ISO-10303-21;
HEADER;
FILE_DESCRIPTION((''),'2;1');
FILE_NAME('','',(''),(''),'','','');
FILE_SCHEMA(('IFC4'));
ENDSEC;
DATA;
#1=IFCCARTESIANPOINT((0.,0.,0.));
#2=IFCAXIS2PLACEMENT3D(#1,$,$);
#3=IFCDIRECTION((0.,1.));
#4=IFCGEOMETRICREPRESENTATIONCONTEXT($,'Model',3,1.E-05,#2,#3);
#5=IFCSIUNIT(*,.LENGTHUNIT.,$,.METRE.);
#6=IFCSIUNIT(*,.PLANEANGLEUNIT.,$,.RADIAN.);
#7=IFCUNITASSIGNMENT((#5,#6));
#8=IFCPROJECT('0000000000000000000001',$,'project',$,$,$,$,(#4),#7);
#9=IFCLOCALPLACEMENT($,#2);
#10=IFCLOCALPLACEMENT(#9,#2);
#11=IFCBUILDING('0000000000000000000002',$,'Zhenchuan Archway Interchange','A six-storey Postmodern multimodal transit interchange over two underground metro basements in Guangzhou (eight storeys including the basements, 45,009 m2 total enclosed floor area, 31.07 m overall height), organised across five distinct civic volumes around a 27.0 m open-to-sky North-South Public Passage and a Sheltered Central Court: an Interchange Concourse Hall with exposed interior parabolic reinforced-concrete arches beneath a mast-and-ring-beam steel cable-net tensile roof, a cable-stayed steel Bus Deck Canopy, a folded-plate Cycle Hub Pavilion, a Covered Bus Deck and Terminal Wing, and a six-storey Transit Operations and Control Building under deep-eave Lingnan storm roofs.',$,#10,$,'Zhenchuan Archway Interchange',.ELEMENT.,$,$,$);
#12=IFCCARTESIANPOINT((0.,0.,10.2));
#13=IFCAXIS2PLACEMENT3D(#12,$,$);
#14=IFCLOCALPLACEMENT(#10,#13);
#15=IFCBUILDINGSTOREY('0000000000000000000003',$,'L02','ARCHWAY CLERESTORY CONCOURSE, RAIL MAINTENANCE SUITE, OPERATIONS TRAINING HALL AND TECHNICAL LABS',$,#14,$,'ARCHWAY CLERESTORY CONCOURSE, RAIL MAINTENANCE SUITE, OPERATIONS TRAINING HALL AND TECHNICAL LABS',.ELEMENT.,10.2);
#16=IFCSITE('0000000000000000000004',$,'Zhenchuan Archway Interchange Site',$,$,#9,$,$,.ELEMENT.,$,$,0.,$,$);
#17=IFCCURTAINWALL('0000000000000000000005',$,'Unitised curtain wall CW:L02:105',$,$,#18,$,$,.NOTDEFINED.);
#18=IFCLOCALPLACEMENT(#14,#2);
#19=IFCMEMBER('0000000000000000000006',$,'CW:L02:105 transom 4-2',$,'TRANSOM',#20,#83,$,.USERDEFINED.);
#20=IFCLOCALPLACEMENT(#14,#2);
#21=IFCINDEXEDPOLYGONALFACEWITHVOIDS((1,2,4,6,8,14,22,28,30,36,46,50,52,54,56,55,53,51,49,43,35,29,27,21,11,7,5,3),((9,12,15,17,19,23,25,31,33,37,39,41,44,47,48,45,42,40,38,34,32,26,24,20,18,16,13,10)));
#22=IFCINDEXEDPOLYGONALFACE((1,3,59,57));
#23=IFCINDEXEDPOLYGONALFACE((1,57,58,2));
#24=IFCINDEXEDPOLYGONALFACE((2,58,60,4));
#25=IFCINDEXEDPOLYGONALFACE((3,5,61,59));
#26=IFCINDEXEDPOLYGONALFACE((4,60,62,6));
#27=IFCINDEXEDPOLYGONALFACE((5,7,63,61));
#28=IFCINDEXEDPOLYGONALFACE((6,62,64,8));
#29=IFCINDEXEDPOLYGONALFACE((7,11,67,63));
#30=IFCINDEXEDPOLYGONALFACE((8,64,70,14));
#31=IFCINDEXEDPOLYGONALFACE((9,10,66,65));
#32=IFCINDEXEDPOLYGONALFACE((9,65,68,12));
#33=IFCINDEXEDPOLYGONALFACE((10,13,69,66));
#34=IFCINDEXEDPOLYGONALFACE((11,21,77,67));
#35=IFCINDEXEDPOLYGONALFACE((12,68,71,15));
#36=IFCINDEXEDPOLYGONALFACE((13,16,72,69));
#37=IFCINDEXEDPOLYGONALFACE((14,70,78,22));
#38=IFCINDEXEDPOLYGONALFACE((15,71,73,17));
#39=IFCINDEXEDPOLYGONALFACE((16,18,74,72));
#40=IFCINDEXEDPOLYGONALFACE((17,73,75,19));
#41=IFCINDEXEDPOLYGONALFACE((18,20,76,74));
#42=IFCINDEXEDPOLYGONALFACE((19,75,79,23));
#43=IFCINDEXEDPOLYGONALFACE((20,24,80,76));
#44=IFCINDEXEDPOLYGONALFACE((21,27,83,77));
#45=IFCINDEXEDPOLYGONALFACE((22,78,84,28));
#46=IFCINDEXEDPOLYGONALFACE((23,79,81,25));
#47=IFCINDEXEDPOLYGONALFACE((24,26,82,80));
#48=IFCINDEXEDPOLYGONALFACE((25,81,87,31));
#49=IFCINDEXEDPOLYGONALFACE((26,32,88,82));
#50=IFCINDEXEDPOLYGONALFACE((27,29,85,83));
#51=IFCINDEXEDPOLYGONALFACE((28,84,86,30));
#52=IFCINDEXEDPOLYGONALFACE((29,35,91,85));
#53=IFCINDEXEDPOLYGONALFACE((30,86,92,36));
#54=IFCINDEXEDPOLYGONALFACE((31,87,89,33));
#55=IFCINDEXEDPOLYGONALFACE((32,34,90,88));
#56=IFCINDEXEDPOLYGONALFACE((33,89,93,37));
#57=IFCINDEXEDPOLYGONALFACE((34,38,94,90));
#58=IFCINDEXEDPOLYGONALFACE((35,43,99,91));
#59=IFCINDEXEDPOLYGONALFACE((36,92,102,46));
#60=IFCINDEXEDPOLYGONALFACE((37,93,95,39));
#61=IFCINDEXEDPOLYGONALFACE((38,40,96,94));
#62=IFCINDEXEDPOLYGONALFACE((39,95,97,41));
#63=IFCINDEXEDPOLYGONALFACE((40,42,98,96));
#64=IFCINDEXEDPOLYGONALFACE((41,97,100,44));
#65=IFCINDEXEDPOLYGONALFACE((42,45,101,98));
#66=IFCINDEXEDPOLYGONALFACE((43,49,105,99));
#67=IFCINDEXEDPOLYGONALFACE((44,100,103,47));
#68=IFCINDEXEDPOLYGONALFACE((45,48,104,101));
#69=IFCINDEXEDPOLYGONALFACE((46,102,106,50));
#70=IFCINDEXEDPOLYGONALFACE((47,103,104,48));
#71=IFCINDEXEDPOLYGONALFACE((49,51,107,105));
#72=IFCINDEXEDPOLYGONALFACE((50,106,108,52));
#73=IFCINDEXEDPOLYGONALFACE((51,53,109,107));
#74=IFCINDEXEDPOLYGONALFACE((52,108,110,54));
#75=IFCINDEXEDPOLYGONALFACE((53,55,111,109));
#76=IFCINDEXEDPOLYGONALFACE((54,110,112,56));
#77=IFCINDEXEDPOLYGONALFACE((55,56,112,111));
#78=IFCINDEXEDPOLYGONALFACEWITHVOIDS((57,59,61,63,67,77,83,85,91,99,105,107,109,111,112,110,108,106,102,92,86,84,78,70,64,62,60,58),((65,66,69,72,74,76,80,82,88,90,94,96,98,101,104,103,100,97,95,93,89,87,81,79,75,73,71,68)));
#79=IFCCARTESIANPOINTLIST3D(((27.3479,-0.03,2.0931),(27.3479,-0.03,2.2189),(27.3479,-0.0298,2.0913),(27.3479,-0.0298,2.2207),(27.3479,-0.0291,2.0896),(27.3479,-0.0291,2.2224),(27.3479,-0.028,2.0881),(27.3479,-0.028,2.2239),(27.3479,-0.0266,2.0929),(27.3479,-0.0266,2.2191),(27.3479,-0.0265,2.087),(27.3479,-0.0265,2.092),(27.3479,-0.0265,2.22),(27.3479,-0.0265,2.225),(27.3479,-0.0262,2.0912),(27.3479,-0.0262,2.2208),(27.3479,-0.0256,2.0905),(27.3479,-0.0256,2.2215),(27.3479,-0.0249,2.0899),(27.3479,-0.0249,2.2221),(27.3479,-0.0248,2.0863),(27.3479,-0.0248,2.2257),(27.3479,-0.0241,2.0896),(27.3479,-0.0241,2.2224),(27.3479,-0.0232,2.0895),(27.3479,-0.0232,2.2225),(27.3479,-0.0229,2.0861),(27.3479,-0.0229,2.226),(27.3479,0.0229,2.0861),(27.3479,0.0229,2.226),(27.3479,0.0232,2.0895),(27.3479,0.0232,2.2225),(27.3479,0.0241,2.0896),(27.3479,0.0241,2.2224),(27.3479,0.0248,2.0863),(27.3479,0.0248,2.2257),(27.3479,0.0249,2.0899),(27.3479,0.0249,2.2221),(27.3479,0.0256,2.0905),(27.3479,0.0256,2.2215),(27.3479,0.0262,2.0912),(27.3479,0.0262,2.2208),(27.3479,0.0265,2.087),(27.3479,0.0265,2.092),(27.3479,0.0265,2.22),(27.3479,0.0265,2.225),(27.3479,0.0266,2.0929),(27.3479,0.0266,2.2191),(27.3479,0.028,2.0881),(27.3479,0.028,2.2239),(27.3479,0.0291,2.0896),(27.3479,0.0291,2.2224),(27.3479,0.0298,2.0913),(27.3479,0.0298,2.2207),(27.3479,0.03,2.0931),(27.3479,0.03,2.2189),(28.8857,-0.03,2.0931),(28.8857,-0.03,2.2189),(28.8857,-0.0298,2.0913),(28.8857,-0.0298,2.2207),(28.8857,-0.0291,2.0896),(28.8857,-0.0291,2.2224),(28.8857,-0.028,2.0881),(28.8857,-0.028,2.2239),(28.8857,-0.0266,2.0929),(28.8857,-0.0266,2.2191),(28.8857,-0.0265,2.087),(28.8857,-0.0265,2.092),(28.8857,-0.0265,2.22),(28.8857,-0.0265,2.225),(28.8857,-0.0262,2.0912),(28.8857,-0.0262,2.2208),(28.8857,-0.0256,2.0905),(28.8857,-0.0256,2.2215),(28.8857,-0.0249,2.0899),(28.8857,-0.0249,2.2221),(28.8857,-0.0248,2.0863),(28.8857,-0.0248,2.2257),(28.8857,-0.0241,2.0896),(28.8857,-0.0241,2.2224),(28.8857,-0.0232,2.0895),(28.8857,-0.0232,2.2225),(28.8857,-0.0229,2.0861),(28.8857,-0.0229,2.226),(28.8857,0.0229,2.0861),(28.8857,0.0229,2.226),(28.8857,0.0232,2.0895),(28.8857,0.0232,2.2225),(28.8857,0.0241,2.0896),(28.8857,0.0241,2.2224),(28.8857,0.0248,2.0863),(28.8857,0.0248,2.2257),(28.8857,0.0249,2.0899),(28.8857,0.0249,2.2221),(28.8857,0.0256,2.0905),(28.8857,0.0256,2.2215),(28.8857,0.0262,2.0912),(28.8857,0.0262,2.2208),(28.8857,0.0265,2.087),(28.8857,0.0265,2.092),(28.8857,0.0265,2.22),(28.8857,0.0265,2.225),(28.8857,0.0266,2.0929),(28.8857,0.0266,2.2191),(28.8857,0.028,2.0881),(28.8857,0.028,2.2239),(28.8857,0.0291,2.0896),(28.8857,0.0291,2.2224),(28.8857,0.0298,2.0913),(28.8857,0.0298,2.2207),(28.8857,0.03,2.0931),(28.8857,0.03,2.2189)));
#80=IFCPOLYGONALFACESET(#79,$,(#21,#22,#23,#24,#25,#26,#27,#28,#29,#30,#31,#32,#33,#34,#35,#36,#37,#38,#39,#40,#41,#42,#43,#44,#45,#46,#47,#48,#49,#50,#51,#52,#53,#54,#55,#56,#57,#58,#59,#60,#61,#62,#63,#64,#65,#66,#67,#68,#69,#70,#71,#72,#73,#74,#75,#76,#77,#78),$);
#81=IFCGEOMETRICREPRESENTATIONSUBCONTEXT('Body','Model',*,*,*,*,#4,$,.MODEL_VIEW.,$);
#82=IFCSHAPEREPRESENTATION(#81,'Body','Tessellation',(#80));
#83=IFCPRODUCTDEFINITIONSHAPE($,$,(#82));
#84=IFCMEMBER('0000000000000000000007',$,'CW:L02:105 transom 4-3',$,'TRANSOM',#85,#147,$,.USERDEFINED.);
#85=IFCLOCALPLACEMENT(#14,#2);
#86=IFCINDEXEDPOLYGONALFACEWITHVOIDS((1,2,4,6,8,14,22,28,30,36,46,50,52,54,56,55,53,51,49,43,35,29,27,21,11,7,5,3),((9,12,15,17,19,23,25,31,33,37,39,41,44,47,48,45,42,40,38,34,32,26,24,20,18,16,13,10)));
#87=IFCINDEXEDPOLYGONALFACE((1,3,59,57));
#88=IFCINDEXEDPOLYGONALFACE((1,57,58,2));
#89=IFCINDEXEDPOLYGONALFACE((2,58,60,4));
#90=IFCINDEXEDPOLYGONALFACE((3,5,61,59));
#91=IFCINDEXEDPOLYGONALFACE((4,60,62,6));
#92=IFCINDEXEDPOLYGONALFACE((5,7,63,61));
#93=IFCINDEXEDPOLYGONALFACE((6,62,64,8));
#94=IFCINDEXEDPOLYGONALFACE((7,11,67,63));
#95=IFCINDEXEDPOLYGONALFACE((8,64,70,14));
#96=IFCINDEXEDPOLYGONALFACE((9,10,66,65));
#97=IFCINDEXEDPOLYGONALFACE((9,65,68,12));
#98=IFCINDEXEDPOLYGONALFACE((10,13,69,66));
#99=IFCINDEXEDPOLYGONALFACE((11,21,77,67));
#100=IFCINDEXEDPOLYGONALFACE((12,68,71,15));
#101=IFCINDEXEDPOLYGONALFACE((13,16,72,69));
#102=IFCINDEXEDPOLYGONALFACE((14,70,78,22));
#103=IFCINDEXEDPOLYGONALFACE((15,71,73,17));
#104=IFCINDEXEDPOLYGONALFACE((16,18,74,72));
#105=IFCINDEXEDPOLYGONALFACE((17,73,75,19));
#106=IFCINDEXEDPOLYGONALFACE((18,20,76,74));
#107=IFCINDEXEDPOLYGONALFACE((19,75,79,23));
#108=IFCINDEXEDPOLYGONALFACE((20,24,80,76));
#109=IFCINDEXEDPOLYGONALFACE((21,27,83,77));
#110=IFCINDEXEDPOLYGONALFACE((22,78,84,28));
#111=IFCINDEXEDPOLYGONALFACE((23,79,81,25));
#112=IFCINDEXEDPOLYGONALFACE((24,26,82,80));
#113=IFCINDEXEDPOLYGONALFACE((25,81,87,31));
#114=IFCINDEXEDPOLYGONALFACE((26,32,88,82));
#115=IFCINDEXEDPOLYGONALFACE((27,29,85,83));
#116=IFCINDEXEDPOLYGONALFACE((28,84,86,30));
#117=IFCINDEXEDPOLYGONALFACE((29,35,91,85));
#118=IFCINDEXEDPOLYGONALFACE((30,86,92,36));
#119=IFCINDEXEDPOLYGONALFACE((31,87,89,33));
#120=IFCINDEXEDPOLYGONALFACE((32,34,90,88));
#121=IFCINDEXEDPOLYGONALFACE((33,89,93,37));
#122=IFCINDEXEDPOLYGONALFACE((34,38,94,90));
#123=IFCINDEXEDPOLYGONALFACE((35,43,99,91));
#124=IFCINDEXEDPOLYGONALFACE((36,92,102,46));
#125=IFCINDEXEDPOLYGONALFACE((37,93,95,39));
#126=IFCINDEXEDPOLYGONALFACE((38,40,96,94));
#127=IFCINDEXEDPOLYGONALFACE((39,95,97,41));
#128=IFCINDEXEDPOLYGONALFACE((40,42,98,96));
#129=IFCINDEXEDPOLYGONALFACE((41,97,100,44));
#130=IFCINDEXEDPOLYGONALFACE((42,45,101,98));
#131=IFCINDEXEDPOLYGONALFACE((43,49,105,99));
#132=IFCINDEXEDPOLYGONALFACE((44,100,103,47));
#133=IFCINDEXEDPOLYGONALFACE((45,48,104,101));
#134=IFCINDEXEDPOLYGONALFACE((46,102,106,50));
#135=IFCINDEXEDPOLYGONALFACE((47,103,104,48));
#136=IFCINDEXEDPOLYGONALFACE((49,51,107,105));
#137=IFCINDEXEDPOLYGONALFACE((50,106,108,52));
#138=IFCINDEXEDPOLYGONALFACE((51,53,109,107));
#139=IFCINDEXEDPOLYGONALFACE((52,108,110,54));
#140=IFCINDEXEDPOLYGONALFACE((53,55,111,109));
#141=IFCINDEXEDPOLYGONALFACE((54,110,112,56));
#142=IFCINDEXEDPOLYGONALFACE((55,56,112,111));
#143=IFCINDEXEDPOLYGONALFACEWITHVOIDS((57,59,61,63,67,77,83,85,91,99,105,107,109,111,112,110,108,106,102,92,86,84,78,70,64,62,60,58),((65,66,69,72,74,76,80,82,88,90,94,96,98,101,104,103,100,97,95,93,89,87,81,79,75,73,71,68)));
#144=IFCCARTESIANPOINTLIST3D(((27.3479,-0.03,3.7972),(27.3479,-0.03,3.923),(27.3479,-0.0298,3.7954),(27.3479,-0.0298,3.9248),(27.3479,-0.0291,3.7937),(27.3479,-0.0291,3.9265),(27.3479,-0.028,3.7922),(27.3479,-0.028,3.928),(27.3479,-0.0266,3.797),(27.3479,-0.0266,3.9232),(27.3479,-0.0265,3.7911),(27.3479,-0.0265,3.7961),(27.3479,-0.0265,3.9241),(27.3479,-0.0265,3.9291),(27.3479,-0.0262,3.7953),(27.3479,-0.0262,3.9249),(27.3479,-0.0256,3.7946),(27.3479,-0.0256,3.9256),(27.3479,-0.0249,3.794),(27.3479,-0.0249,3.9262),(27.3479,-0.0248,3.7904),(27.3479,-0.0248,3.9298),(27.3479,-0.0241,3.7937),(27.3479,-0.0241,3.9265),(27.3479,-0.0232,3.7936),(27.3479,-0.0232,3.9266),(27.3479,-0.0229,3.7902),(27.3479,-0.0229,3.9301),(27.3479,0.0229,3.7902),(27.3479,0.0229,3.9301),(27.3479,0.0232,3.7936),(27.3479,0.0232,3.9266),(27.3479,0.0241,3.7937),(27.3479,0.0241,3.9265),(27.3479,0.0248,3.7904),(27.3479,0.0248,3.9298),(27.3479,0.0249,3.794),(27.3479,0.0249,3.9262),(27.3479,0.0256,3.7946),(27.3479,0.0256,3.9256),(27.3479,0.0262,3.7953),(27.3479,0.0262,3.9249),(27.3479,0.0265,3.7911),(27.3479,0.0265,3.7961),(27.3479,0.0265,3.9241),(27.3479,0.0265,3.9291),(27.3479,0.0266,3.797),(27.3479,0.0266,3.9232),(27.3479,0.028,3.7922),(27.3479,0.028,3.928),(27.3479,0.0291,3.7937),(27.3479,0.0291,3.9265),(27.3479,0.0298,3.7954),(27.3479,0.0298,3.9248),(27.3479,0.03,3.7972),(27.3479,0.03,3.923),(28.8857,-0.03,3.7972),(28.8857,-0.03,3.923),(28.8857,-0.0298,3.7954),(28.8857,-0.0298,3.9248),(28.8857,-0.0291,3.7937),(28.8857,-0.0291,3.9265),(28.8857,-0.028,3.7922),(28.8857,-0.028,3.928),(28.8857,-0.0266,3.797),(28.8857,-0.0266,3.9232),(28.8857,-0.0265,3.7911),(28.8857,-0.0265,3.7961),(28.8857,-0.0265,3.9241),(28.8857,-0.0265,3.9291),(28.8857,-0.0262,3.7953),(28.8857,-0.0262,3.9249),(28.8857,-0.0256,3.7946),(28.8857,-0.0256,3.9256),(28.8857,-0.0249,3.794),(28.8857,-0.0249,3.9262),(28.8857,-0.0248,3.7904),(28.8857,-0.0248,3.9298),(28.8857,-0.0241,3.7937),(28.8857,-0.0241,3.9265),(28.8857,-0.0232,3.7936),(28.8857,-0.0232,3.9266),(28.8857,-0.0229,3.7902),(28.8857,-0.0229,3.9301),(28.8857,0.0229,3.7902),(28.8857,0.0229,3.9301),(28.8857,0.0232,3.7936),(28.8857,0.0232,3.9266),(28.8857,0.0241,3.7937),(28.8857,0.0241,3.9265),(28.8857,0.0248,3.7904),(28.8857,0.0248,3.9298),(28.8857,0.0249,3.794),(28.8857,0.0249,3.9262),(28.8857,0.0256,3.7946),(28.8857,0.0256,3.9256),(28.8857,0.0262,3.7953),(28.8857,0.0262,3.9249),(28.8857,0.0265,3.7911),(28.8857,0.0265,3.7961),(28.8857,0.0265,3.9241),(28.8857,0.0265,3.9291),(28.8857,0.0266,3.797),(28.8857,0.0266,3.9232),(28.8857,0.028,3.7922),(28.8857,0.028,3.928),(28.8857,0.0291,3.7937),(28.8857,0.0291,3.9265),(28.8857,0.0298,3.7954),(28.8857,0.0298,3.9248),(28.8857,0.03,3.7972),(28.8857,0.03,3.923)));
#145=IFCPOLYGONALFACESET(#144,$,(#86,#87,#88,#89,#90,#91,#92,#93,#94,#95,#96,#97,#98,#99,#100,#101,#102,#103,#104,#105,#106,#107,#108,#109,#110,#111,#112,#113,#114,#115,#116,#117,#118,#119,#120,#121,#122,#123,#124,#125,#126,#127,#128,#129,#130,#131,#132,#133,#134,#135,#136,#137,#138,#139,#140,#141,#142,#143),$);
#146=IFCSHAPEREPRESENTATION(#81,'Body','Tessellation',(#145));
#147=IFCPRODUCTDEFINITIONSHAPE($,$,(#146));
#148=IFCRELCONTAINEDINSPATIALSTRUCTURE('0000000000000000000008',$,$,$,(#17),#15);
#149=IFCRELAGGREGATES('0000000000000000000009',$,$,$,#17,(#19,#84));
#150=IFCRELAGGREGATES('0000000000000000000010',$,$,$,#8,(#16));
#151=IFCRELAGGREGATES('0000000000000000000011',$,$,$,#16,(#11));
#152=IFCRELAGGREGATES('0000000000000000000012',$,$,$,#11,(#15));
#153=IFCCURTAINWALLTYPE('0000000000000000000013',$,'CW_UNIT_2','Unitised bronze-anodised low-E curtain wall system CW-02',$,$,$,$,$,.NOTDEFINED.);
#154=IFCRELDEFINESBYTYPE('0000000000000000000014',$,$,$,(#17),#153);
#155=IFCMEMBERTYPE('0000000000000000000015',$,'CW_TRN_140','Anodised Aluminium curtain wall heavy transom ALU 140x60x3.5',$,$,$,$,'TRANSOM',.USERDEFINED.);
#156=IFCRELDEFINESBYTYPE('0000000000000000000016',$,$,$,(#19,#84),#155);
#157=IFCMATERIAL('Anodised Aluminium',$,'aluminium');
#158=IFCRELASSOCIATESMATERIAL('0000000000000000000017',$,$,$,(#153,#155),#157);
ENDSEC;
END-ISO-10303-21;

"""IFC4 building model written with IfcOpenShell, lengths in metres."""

from ifc_helpers import new_model, si_unit, direction, frame, origin, origin_2d, place, context, subcontext, project, spatial, hollow_rectangle, extrude, material, material_profile, profile_set, type_object, element, aggregate, save


model = new_model("IFC4")

# Units and contexts
model_context = context("Model", 3, precision=1e-05, world=origin(), true_north=direction((0.0, 1.0)))
body_context = subcontext(model_context, "Body", "Model", "MODEL_VIEW")
ifc_project = project(units=[si_unit("LENGTHUNIT", "METRE"), si_unit("PLANEANGLEUNIT", "RADIAN")], contexts=[model_context])

# Site, building, storey
site_placement = place(None, origin())
site = spatial("IfcSite", under=ifc_project, at=site_placement, Name="Zhenchuan Archway Interchange Site", CompositionType="ELEMENT", RefElevation=0.0)
building_placement = place(site_placement, origin())
building = spatial("IfcBuilding", under=site, at=building_placement, Name="Zhenchuan Archway Interchange", Description="A six-storey Postmodern multimodal transit interchange over two underground metro basements in Guangzhou (eight storeys including the basements, 45,009 m2 total enclosed floor area, 31.07 m overall height), organised across five distinct civic volumes around a 27.0 m open-to-sky North-South Public Passage and a Sheltered Central Court: an Interchange Concourse Hall with exposed interior parabolic reinforced-concrete arches beneath a mast-and-ring-beam steel cable-net tensile roof, a cable-stayed steel Bus Deck Canopy, a folded-plate Cycle Hub Pavilion, a Covered Bus Deck and Terminal Wing, and a six-storey Transit Operations and Control Building under deep-eave Lingnan storm roofs.", LongName="Zhenchuan Archway Interchange", CompositionType="ELEMENT")
storey_placement = place(building_placement, frame((0.0, 0.0, 10.2)))
storey = spatial("IfcBuildingStorey", under=building, at=storey_placement, Name="L02", Description="ARCHWAY CLERESTORY CONCOURSE, RAIL MAINTENANCE SUITE, OPERATIONS TRAINING HALL AND TECHNICAL LABS", LongName="ARCHWAY CLERESTORY CONCOURSE, RAIL MAINTENANCE SUITE, OPERATIONS TRAINING HALL AND TECHNICAL LABS", CompositionType="ELEMENT", Elevation=10.2)

# Curtain wall
ifc_material_1 = material(Name="Anodised Aluminium", Category="aluminium")
curtain_wall_type_1 = type_object("IfcCurtainWallType", Name="CW_UNIT_2", Description="Unitised bronze-anodised low-E curtain wall system CW-02", PredefinedType="NOTDEFINED", material=ifc_material_1)
curtain_wall_1_placement = place(storey_placement, origin())
curtain_wall_1 = element("IfcCurtainWall", 1, at=curtain_wall_1_placement, inside=storey, type_object=curtain_wall_type_1, Name="Unitised curtain wall CW:L02:105", PredefinedType="NOTDEFINED")

# Members
ifc_material_profile_1 = material_profile(ifc_material_1, hollow_rectangle(XDim=0.0601, YDim=0.1399, WallThickness=0.0034, InnerFilletRadius=0.0034, OuterFilletRadius=0.0071, at=origin_2d()), Name="ALU 140x60x3.5")
ifc_profile_set_1 = profile_set([ifc_material_profile_1], Name="Anodised Aluminium")
member_type_1 = type_object("IfcMemberType", Name="CW_TRN_140", Description="Anodised Aluminium curtain wall heavy transom ALU 140x60x3.5", ElementType="TRANSOM", PredefinedType="USERDEFINED", material=ifc_profile_set_1)
member_1_placement = place(storey_placement, frame((28.8857, 0.0, 2.156), z_axis=(-1.0, 0.0, 0.0), x_axis=(0.0, -1.0, 0.0)))
member_1 = element("IfcMember", 2, at=member_1_placement, type_object=member_type_1, Name="CW:L02:105 transom 4-2", ObjectType="TRANSOM", PredefinedType="USERDEFINED", context=body_context, shape_type="SweptSolid", body=[
    extrude(hollow_rectangle(XDim=0.0601, YDim=0.1399, WallThickness=0.0034, InnerFilletRadius=0.0034, OuterFilletRadius=0.0071, at=origin_2d()), origin(), (0.0, 0.0, 1.0), 1.5378),
])
member_2_placement = place(storey_placement, frame((28.8857, 0.0, 3.8601), z_axis=(-1.0, 0.0, 0.0), x_axis=(0.0, -1.0, 0.0)))
member_2 = element("IfcMember", 3, at=member_2_placement, type_object=member_type_1, Name="CW:L02:105 transom 4-3", ObjectType="TRANSOM", PredefinedType="USERDEFINED", context=body_context, shape_type="SweptSolid", body=[
    extrude(hollow_rectangle(XDim=0.0601, YDim=0.1399, WallThickness=0.0034, InnerFilletRadius=0.0034, OuterFilletRadius=0.0071, at=origin_2d()), origin(), (0.0, 0.0, 1.0), 1.5378),
])

aggregate(curtain_wall_1, [member_1, member_2])

save(model, "model.ifc")
